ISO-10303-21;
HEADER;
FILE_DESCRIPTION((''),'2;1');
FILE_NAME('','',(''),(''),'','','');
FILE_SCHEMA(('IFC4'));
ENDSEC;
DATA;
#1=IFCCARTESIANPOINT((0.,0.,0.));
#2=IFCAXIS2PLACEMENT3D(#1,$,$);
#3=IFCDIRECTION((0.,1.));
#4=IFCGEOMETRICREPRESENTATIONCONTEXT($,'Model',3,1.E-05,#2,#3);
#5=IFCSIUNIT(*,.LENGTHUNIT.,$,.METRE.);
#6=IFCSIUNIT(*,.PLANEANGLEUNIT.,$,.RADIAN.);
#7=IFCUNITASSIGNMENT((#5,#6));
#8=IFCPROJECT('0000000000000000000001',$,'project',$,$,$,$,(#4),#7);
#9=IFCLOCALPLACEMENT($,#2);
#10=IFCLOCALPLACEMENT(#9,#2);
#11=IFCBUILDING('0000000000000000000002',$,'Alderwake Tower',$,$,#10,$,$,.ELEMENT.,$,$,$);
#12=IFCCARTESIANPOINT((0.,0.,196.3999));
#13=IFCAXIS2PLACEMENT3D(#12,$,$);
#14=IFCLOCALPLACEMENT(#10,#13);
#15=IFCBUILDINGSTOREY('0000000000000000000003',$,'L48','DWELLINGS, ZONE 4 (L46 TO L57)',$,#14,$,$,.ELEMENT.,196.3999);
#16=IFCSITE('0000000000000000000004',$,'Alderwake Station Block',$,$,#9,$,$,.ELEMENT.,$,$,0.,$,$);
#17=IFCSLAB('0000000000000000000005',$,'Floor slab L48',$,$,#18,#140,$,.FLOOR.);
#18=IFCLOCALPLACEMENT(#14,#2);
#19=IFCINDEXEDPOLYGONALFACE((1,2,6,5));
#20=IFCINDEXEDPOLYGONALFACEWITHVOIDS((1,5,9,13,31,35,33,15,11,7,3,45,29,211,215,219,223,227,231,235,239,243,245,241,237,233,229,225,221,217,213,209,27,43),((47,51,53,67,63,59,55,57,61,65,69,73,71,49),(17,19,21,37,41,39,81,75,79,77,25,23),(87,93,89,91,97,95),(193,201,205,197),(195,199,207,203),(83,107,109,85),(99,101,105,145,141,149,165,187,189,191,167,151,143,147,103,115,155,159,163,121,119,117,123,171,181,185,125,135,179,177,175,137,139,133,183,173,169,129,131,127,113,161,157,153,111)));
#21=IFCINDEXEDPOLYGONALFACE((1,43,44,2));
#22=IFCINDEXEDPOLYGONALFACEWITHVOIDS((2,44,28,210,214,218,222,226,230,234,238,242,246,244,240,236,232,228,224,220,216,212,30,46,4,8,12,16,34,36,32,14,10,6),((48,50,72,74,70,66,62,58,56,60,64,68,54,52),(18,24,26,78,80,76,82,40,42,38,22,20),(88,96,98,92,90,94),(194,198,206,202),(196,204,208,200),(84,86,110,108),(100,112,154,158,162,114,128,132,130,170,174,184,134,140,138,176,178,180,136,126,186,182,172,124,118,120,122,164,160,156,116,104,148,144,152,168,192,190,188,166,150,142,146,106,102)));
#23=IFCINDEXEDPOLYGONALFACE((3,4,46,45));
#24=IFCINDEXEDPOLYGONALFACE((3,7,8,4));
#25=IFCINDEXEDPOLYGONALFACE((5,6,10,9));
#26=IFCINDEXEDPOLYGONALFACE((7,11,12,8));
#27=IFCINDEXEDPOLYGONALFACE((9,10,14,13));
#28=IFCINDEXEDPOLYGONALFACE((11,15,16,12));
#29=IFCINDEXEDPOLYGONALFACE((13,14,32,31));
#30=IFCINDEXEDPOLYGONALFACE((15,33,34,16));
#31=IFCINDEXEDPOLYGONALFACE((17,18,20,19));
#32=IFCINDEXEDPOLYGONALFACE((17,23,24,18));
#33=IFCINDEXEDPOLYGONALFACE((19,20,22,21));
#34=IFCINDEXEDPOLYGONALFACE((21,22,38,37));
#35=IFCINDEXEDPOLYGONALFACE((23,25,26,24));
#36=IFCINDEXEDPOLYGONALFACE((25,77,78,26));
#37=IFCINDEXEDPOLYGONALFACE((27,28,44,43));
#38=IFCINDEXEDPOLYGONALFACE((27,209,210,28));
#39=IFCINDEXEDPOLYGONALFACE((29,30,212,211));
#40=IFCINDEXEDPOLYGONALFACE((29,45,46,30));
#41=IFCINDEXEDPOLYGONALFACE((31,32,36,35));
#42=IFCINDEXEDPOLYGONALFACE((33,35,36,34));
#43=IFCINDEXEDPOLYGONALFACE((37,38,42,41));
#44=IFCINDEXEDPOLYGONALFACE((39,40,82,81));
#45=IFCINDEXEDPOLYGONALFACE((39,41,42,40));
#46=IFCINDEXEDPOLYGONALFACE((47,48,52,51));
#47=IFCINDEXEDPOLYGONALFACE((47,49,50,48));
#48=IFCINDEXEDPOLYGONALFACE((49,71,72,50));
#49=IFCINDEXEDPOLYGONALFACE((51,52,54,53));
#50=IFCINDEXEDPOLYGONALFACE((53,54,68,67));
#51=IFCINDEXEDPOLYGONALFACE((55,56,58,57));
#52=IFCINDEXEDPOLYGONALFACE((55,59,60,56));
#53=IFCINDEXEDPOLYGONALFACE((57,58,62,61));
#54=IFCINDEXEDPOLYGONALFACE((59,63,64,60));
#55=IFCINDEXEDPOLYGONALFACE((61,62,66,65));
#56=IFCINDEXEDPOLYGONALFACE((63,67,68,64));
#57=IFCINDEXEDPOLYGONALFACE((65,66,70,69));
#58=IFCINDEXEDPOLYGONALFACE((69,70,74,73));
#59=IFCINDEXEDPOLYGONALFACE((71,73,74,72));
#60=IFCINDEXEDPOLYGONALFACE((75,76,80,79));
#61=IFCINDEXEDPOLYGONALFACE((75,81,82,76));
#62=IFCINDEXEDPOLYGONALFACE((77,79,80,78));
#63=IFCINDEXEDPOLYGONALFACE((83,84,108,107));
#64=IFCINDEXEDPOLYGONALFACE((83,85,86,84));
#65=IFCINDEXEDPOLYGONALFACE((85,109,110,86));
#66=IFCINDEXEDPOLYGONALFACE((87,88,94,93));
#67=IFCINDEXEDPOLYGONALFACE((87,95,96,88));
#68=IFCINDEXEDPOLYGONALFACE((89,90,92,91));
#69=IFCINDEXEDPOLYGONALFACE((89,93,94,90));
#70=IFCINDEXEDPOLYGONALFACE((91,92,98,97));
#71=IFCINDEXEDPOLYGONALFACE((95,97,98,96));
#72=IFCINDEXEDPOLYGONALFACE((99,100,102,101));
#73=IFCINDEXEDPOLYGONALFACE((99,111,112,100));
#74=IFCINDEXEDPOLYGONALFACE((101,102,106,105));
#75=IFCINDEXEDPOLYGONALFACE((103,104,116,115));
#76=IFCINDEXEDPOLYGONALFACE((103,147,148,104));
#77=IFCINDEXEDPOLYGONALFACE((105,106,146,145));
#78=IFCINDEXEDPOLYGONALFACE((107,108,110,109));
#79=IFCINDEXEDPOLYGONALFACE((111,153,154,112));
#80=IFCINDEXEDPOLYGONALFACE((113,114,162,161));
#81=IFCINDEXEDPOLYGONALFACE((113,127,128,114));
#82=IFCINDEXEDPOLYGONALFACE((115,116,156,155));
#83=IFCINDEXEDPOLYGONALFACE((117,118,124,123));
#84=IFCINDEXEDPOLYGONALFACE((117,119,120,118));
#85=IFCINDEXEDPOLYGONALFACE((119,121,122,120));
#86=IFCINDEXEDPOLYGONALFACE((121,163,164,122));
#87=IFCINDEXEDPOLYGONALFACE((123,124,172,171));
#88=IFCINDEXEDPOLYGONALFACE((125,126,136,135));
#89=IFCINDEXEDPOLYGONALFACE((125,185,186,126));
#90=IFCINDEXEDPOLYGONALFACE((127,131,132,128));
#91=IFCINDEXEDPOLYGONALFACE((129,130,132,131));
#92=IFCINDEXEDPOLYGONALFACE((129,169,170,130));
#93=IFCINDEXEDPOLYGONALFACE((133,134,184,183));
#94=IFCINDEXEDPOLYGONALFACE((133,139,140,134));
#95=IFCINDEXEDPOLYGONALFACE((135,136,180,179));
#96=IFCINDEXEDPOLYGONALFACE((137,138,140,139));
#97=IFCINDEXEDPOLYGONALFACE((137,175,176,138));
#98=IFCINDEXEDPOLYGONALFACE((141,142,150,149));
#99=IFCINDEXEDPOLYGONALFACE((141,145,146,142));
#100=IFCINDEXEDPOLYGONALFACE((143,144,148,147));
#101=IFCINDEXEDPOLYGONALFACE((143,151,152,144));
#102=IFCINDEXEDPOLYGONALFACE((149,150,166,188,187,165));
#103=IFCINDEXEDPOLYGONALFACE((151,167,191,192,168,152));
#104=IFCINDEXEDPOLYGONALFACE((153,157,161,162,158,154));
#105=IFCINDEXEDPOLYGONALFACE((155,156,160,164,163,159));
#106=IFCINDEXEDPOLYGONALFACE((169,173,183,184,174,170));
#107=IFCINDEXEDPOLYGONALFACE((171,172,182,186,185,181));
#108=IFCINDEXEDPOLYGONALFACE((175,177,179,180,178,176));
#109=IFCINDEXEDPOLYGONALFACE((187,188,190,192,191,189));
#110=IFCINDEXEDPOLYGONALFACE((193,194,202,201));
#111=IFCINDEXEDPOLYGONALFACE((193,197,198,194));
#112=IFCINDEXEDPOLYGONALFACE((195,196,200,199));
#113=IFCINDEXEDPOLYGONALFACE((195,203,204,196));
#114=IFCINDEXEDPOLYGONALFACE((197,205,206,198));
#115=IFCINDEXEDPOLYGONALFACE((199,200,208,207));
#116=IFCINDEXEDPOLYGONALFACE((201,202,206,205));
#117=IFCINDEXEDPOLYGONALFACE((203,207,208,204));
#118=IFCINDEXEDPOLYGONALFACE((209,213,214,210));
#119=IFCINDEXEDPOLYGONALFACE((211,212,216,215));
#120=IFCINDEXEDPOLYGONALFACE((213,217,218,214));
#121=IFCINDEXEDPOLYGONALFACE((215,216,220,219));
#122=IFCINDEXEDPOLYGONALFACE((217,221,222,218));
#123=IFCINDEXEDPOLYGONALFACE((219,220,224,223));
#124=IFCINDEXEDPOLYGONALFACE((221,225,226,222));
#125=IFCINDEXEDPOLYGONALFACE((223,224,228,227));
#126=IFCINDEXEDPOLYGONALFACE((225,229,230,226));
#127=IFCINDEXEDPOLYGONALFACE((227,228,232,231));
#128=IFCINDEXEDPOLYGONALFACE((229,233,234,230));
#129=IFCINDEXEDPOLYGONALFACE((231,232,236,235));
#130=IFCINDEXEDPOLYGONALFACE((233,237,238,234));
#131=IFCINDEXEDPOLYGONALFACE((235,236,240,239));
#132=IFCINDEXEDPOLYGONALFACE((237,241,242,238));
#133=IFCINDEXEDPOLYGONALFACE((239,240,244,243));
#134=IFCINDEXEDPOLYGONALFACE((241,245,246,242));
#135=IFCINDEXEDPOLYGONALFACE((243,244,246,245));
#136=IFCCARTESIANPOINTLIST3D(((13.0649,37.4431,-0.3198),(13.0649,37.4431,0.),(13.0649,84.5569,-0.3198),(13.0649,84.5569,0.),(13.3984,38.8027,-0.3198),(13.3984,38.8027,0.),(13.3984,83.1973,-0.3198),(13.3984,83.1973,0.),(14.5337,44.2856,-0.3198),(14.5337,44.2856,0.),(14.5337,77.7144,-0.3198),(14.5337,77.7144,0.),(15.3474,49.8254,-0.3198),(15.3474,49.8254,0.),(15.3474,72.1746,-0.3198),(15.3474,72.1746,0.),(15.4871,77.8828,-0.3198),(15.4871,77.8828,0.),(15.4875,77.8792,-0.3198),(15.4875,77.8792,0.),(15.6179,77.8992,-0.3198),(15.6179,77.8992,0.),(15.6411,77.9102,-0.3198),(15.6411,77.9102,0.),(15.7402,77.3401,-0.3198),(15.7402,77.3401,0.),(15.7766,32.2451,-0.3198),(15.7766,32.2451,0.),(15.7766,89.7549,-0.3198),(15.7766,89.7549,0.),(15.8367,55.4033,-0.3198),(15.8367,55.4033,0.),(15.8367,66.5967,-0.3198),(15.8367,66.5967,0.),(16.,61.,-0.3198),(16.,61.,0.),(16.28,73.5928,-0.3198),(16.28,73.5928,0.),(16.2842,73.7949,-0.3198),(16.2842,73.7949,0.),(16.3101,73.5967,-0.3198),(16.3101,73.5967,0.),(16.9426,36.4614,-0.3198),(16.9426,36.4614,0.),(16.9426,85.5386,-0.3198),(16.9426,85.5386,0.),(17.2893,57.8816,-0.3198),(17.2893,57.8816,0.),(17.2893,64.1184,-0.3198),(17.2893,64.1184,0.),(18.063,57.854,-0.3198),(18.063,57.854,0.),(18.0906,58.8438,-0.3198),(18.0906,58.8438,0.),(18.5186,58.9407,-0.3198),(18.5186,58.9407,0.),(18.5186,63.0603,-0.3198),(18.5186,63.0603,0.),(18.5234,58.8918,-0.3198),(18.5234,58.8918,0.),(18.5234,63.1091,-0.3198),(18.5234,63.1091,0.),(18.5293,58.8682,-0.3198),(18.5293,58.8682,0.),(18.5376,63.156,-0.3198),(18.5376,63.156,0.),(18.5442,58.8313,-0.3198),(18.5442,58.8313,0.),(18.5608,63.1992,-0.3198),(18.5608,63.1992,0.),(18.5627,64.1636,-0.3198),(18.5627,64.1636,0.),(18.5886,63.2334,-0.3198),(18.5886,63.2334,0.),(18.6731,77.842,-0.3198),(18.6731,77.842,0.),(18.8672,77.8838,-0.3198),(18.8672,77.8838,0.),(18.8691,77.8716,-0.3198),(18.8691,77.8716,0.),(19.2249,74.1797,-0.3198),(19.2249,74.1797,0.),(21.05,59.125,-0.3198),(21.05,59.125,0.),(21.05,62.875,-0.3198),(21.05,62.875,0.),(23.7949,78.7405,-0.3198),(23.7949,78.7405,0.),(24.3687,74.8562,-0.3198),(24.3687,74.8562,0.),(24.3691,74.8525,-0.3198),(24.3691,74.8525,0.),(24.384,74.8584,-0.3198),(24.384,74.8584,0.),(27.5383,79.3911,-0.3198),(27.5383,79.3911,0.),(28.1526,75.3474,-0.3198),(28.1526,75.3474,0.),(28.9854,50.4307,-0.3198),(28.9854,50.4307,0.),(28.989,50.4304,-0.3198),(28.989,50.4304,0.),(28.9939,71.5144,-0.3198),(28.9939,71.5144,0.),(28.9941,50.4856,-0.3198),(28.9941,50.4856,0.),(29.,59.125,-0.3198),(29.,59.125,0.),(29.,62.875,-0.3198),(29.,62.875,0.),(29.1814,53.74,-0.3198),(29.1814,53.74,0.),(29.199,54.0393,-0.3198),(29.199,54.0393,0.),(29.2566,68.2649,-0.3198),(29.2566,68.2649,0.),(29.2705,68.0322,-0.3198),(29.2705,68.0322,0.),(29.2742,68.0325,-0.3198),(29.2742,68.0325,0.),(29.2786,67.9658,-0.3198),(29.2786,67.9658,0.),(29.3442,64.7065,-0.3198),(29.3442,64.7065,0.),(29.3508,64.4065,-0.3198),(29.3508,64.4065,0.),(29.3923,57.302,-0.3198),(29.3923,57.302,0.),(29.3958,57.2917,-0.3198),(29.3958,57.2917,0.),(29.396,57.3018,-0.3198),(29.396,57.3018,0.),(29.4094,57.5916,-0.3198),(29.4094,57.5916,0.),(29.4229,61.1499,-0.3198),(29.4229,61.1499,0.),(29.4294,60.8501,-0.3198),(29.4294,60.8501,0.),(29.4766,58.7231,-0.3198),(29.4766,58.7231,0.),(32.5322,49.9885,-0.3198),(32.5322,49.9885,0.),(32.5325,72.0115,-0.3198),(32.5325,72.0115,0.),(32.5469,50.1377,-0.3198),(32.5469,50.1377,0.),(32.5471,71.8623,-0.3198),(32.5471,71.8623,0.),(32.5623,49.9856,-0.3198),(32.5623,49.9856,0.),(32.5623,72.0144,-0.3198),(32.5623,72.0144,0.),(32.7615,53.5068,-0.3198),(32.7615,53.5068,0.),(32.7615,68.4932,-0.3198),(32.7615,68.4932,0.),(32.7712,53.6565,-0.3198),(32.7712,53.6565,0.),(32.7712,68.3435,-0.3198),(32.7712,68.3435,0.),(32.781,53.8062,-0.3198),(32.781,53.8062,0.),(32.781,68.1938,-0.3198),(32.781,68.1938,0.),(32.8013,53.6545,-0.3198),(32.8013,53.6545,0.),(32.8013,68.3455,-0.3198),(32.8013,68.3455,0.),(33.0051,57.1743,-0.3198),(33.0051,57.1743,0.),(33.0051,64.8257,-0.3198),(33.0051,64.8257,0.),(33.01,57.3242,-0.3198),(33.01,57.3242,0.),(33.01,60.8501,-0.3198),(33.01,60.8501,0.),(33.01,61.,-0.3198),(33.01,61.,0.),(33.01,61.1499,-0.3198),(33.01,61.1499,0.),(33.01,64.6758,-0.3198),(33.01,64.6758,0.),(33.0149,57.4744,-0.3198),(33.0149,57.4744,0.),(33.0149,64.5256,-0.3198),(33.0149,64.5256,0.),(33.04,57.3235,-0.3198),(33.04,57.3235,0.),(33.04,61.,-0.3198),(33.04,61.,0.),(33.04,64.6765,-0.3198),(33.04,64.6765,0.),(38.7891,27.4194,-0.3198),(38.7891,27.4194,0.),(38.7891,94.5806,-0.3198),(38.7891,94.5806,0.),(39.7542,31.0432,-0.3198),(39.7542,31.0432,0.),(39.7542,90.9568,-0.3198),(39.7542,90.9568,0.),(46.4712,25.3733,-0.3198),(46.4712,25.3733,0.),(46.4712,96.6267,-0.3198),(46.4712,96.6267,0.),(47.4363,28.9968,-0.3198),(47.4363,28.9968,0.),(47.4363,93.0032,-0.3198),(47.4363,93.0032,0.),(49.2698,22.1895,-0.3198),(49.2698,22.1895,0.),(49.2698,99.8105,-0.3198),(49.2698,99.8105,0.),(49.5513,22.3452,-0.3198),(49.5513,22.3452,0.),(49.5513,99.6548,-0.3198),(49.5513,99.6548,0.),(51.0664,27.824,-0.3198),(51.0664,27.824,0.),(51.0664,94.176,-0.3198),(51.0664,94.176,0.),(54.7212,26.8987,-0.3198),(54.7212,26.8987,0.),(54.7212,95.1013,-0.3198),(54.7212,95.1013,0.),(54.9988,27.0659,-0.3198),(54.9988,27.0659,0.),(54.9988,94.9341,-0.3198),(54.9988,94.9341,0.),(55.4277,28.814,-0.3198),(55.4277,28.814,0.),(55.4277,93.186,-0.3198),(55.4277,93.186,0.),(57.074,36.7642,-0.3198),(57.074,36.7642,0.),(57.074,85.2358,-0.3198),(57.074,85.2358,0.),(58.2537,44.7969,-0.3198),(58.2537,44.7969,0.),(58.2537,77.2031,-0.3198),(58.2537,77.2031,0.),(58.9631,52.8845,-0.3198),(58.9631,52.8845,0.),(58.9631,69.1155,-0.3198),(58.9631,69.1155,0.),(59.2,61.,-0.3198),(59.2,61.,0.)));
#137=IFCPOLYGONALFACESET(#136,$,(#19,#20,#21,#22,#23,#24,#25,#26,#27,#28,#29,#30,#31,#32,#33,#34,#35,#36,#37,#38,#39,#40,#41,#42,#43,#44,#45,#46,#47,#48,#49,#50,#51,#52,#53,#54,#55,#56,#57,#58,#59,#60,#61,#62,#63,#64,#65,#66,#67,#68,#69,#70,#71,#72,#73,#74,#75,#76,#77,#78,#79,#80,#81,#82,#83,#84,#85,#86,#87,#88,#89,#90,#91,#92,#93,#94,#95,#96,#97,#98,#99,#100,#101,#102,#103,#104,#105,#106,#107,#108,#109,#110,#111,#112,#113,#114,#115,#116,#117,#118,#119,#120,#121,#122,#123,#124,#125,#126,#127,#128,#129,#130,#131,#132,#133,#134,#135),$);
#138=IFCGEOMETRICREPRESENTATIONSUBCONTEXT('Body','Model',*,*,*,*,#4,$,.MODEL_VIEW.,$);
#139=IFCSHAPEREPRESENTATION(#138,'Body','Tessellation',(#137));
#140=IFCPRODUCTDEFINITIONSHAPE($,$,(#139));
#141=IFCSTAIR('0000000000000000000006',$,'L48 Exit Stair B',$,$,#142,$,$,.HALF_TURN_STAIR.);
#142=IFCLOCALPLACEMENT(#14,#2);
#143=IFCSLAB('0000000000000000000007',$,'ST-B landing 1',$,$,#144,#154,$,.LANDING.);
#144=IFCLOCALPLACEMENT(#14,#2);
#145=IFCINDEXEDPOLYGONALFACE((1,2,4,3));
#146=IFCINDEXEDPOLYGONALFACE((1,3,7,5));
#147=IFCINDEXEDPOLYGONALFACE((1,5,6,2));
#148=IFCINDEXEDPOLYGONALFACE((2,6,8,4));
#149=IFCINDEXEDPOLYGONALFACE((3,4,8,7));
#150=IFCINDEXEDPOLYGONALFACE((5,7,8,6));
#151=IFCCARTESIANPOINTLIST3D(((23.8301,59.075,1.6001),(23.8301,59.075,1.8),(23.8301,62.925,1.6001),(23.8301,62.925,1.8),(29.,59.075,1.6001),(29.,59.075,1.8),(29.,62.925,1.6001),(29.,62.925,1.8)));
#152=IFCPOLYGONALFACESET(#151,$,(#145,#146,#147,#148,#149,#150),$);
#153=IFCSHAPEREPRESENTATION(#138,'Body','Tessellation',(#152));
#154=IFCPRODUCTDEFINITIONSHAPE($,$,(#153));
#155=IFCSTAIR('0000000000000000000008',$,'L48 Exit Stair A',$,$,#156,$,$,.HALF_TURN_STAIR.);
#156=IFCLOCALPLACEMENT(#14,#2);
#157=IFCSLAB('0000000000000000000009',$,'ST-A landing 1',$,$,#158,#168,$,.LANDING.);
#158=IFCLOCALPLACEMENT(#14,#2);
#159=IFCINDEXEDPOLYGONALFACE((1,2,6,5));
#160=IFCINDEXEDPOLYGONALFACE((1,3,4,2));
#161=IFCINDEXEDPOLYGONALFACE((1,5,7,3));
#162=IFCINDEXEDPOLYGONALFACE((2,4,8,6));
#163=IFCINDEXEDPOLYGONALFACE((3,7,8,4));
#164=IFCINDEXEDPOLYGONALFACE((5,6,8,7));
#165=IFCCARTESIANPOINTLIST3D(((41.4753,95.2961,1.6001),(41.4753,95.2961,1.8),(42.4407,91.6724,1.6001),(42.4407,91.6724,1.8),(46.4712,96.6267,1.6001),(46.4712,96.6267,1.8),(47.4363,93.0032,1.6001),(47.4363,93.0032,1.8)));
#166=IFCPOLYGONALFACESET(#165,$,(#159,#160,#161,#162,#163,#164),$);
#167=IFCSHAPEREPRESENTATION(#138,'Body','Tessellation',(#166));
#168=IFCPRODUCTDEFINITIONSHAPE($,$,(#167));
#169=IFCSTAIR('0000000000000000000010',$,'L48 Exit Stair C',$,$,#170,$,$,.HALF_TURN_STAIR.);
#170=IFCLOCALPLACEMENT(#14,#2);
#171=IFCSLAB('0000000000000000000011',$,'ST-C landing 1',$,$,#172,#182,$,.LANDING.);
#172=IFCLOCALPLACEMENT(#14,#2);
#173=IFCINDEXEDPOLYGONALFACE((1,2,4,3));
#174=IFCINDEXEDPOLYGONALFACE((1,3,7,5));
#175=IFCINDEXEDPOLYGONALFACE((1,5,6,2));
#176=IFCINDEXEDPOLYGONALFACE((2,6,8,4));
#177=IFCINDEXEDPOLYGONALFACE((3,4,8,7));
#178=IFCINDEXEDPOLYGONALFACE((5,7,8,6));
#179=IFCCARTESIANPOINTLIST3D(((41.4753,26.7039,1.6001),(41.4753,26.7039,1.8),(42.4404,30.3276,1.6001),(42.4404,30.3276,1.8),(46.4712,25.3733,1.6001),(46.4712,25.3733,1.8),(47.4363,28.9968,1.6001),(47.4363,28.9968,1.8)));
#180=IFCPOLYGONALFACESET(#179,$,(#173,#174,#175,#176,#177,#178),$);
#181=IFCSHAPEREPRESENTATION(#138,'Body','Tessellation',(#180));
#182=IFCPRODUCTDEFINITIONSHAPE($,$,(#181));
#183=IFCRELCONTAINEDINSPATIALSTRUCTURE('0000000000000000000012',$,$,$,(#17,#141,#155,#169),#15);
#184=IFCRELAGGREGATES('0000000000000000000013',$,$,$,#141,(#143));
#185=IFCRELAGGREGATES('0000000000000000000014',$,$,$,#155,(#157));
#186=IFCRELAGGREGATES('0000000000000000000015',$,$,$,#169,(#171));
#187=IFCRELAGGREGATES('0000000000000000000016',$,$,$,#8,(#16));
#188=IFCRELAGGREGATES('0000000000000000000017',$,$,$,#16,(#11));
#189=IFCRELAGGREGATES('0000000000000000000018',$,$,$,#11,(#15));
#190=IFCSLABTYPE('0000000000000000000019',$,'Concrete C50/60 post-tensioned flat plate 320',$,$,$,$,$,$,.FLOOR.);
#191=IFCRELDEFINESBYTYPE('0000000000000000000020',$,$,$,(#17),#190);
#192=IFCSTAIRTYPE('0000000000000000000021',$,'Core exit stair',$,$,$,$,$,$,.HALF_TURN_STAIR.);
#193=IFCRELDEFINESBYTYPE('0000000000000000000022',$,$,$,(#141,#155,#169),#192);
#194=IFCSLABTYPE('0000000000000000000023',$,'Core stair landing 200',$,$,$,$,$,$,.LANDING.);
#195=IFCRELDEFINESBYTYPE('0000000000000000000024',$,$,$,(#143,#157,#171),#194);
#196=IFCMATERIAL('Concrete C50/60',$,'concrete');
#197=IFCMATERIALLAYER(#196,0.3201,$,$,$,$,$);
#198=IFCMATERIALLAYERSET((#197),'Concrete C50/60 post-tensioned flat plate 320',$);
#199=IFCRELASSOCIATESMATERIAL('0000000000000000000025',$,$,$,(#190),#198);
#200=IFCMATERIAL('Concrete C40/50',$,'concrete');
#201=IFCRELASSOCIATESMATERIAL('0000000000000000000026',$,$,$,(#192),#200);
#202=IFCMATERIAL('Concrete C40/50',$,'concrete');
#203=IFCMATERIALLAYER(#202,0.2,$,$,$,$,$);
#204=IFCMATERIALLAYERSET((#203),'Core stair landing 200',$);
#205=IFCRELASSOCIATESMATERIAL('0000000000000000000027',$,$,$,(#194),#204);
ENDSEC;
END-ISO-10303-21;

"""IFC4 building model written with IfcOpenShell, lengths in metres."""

from ifc_helpers import new_model, si_unit, direction, frame, origin, place, context, subcontext, project, spatial, polyline, outline, extrude, material, layer, layer_set, type_object, element, aggregate, save


model = new_model("IFC4")

# Units and contexts
model_context = context("Model", 3, precision=1e-05, world=origin(), true_north=direction((0.0, 1.0)))
body_context = subcontext(model_context, "Body", "Model", "MODEL_VIEW")
ifc_project = project(units=[si_unit("LENGTHUNIT", "METRE"), si_unit("PLANEANGLEUNIT", "RADIAN")], contexts=[model_context])

# Site, building, storey
site_placement = place(None, origin())
site = spatial("IfcSite", under=ifc_project, at=site_placement, Name="Alderwake Station Block", CompositionType="ELEMENT", RefElevation=0.0)
building_placement = place(site_placement, origin())
building = spatial("IfcBuilding", under=site, at=building_placement, Name="Alderwake Tower", CompositionType="ELEMENT")
storey_placement = place(building_placement, frame((0.0, 0.0, 196.3999)))
storey = spatial("IfcBuildingStorey", under=building, at=storey_placement, Name="L48", Description="DWELLINGS, ZONE 4 (L46 TO L57)", CompositionType="ELEMENT", Elevation=196.3999)

# Slab
ifc_material_1 = material(Name="Concrete C50/60", Category="concrete")
ifc_layer_1 = layer(ifc_material_1, 0.3201)
ifc_layer_set_1 = layer_set([ifc_layer_1], Name="Concrete C50/60 post-tensioned flat plate 320")
slab_type_1 = type_object("IfcSlabType", Name="Concrete C50/60 post-tensioned flat plate 320", PredefinedType="FLOOR", material=ifc_layer_set_1)
slab_1_placement = place(storey_placement, frame((0.0, 0.0, -0.3198)))
element("IfcSlab", 1, at=slab_1_placement, inside=storey, type_object=slab_type_1, Name="Floor slab L48", PredefinedType="FLOOR", context=body_context, shape_type="SweptSolid", body=[
    extrude(outline(polyline([(13.0649, 37.4431), (13.3984, 38.8027), (14.5337, 44.2856), (15.3474, 49.8254), (15.8367, 55.4033), (16.0, 61.0), (15.8367, 66.5967), (15.3474, 72.1746), (14.5337, 77.7144), (13.3984, 83.1973), (13.0649, 84.5569), (16.9426, 85.5386), (15.7766, 89.7549), (49.2698, 99.8105), (49.5513, 99.6548), (51.0664, 94.176), (54.7212, 95.1013), (54.9988, 94.9341), (55.4277, 93.186), (57.074, 85.2358), (58.2537, 77.2031), (58.9631, 69.1155), (59.2, 61.0), (58.9631, 52.8845), (58.2537, 44.7969), (57.074, 36.7642), (55.4277, 28.814), (54.9988, 27.0659), (54.7212, 26.8987), (51.0664, 27.824), (49.5513, 22.3452), (49.2698, 22.1895), (15.7766, 32.2451), (16.9426, 36.4614), (13.0649, 37.4431)]), holes=[polyline([(28.9854, 50.4307), (28.989, 50.4304), (28.9941, 50.4856), (32.5469, 50.1377), (32.5322, 49.9885), (32.5623, 49.9856), (32.8013, 53.6545), (33.04, 57.3235), (33.04, 61.0), (33.04, 64.6765), (32.8013, 68.3455), (32.5623, 72.0144), (32.5325, 72.0115), (32.5471, 71.8623), (28.9939, 71.5144), (29.2566, 68.2649), (32.7615, 68.4932), (32.7712, 68.3435), (32.781, 68.1938), (29.2786, 67.9658), (29.2742, 68.0325), (29.2705, 68.0322), (29.3442, 64.7065), (33.0051, 64.8257), (33.01, 64.6758), (33.0149, 64.5256), (29.3508, 64.4065), (29.4229, 61.1499), (33.01, 61.1499), (33.01, 61.0), (33.01, 60.8501), (29.4294, 60.8501), (29.4766, 58.7231), (29.4094, 57.5916), (33.0149, 57.4744), (33.01, 57.3242), (33.0051, 57.1743), (29.3958, 57.2917), (29.396, 57.3018), (29.3923, 57.302), (29.199, 54.0393), (32.781, 53.8062), (32.7712, 53.6565), (32.7615, 53.5068), (29.1814, 53.74), (28.9854, 50.4307)]), polyline([(21.05, 62.875), (21.05, 59.125), (29.0, 59.125), (29.0, 62.875), (21.05, 62.875)]), polyline([(15.6411, 77.9102), (15.4871, 77.8828), (15.4875, 77.8792), (15.6179, 77.8992), (16.28, 73.5928), (16.3101, 73.5967), (16.2842, 73.7949), (19.2249, 74.1797), (18.6731, 77.842), (18.8691, 77.8716), (18.8672, 77.8838), (15.7402, 77.3401), (15.6411, 77.9102)]), polyline([(27.5383, 79.3911), (23.7949, 78.7405), (24.384, 74.8584), (24.3687, 74.8562), (24.3691, 74.8525), (28.1526, 75.3474), (27.5383, 79.3911)]), polyline([(47.4363, 28.9968), (39.7542, 31.0432), (38.7891, 27.4194), (46.4712, 25.3733), (47.4363, 28.9968)]), polyline([(46.4712, 96.6267), (38.7891, 94.5806), (39.7542, 90.9568), (47.4363, 93.0032), (46.4712, 96.6267)]), polyline([(17.2893, 64.1184), (17.2893, 57.8816), (18.063, 57.854), (18.0906, 58.8438), (18.5442, 58.8313), (18.5293, 58.8682), (18.5234, 58.8918), (18.5186, 58.9407), (18.5186, 63.0603), (18.5234, 63.1091), (18.5376, 63.156), (18.5608, 63.1992), (18.5886, 63.2334), (18.5627, 64.1636), (17.2893, 64.1184)])]), origin(), (0.0, 0.0, 1.0), 0.3198),
])

# Stairs, slabs
ifc_material_2 = material(Name="Concrete C40/50", Category="concrete")
stair_type = type_object("IfcStairType", Name="Core exit stair", PredefinedType="HALF_TURN_STAIR", material=ifc_material_2)
stair_1_placement = place(storey_placement, origin())
stair_1 = element("IfcStair", 2, at=stair_1_placement, inside=storey, type_object=stair_type, Name="L48 Exit Stair B", PredefinedType="HALF_TURN_STAIR")
ifc_material_3 = material(Name="Concrete C40/50", Category="concrete")
ifc_layer_2 = layer(ifc_material_3, 0.2)
ifc_layer_set_2 = layer_set([ifc_layer_2], Name="Core stair landing 200")
slab_type_2 = type_object("IfcSlabType", Name="Core stair landing 200", PredefinedType="LANDING", material=ifc_layer_set_2)
slab_2_placement = place(storey_placement, frame((0.0, 0.0, 1.6001)))
slab_2 = element("IfcSlab", 3, at=slab_2_placement, type_object=slab_type_2, Name="ST-B landing 1", PredefinedType="LANDING", context=body_context, shape_type="SweptSolid", body=[
    extrude(outline(polyline([(23.8301, 59.075), (29.0, 59.075), (29.0, 62.925), (23.8301, 62.925), (23.8301, 59.075)])), origin(), (0.0, 0.0, 1.0), 0.2),
])
aggregate(stair_1, [slab_2])
stair_2_placement = place(storey_placement, origin())
stair_2 = element("IfcStair", 4, at=stair_2_placement, inside=storey, type_object=stair_type, Name="L48 Exit Stair A", PredefinedType="HALF_TURN_STAIR")
slab_3_placement = place(storey_placement, frame((0.0, 0.0, 1.6001)))
slab_3 = element("IfcSlab", 5, at=slab_3_placement, type_object=slab_type_2, Name="ST-A landing 1", PredefinedType="LANDING", context=body_context, shape_type="SweptSolid", body=[
    extrude(outline(polyline([(42.4407, 91.6724), (47.4363, 93.0032), (46.4712, 96.6267), (41.4753, 95.2961), (42.4407, 91.6724)])), origin(), (0.0, 0.0, 1.0), 0.2),
])
aggregate(stair_2, [slab_3])
stair_3_placement = place(storey_placement, origin())
stair_3 = element("IfcStair", 6, at=stair_3_placement, inside=storey, type_object=stair_type, Name="L48 Exit Stair C", PredefinedType="HALF_TURN_STAIR")
slab_4_placement = place(storey_placement, frame((0.0, 0.0, 1.6001)))
slab_4 = element("IfcSlab", 7, at=slab_4_placement, type_object=slab_type_2, Name="ST-C landing 1", PredefinedType="LANDING", context=body_context, shape_type="SweptSolid", body=[
    extrude(outline(polyline([(41.4753, 26.7039), (46.4712, 25.3733), (47.4363, 28.9968), (42.4404, 30.3276), (41.4753, 26.7039)])), origin(), (0.0, 0.0, 1.0), 0.2),
])
aggregate(stair_3, [slab_4])

save(model, "model.ifc")
